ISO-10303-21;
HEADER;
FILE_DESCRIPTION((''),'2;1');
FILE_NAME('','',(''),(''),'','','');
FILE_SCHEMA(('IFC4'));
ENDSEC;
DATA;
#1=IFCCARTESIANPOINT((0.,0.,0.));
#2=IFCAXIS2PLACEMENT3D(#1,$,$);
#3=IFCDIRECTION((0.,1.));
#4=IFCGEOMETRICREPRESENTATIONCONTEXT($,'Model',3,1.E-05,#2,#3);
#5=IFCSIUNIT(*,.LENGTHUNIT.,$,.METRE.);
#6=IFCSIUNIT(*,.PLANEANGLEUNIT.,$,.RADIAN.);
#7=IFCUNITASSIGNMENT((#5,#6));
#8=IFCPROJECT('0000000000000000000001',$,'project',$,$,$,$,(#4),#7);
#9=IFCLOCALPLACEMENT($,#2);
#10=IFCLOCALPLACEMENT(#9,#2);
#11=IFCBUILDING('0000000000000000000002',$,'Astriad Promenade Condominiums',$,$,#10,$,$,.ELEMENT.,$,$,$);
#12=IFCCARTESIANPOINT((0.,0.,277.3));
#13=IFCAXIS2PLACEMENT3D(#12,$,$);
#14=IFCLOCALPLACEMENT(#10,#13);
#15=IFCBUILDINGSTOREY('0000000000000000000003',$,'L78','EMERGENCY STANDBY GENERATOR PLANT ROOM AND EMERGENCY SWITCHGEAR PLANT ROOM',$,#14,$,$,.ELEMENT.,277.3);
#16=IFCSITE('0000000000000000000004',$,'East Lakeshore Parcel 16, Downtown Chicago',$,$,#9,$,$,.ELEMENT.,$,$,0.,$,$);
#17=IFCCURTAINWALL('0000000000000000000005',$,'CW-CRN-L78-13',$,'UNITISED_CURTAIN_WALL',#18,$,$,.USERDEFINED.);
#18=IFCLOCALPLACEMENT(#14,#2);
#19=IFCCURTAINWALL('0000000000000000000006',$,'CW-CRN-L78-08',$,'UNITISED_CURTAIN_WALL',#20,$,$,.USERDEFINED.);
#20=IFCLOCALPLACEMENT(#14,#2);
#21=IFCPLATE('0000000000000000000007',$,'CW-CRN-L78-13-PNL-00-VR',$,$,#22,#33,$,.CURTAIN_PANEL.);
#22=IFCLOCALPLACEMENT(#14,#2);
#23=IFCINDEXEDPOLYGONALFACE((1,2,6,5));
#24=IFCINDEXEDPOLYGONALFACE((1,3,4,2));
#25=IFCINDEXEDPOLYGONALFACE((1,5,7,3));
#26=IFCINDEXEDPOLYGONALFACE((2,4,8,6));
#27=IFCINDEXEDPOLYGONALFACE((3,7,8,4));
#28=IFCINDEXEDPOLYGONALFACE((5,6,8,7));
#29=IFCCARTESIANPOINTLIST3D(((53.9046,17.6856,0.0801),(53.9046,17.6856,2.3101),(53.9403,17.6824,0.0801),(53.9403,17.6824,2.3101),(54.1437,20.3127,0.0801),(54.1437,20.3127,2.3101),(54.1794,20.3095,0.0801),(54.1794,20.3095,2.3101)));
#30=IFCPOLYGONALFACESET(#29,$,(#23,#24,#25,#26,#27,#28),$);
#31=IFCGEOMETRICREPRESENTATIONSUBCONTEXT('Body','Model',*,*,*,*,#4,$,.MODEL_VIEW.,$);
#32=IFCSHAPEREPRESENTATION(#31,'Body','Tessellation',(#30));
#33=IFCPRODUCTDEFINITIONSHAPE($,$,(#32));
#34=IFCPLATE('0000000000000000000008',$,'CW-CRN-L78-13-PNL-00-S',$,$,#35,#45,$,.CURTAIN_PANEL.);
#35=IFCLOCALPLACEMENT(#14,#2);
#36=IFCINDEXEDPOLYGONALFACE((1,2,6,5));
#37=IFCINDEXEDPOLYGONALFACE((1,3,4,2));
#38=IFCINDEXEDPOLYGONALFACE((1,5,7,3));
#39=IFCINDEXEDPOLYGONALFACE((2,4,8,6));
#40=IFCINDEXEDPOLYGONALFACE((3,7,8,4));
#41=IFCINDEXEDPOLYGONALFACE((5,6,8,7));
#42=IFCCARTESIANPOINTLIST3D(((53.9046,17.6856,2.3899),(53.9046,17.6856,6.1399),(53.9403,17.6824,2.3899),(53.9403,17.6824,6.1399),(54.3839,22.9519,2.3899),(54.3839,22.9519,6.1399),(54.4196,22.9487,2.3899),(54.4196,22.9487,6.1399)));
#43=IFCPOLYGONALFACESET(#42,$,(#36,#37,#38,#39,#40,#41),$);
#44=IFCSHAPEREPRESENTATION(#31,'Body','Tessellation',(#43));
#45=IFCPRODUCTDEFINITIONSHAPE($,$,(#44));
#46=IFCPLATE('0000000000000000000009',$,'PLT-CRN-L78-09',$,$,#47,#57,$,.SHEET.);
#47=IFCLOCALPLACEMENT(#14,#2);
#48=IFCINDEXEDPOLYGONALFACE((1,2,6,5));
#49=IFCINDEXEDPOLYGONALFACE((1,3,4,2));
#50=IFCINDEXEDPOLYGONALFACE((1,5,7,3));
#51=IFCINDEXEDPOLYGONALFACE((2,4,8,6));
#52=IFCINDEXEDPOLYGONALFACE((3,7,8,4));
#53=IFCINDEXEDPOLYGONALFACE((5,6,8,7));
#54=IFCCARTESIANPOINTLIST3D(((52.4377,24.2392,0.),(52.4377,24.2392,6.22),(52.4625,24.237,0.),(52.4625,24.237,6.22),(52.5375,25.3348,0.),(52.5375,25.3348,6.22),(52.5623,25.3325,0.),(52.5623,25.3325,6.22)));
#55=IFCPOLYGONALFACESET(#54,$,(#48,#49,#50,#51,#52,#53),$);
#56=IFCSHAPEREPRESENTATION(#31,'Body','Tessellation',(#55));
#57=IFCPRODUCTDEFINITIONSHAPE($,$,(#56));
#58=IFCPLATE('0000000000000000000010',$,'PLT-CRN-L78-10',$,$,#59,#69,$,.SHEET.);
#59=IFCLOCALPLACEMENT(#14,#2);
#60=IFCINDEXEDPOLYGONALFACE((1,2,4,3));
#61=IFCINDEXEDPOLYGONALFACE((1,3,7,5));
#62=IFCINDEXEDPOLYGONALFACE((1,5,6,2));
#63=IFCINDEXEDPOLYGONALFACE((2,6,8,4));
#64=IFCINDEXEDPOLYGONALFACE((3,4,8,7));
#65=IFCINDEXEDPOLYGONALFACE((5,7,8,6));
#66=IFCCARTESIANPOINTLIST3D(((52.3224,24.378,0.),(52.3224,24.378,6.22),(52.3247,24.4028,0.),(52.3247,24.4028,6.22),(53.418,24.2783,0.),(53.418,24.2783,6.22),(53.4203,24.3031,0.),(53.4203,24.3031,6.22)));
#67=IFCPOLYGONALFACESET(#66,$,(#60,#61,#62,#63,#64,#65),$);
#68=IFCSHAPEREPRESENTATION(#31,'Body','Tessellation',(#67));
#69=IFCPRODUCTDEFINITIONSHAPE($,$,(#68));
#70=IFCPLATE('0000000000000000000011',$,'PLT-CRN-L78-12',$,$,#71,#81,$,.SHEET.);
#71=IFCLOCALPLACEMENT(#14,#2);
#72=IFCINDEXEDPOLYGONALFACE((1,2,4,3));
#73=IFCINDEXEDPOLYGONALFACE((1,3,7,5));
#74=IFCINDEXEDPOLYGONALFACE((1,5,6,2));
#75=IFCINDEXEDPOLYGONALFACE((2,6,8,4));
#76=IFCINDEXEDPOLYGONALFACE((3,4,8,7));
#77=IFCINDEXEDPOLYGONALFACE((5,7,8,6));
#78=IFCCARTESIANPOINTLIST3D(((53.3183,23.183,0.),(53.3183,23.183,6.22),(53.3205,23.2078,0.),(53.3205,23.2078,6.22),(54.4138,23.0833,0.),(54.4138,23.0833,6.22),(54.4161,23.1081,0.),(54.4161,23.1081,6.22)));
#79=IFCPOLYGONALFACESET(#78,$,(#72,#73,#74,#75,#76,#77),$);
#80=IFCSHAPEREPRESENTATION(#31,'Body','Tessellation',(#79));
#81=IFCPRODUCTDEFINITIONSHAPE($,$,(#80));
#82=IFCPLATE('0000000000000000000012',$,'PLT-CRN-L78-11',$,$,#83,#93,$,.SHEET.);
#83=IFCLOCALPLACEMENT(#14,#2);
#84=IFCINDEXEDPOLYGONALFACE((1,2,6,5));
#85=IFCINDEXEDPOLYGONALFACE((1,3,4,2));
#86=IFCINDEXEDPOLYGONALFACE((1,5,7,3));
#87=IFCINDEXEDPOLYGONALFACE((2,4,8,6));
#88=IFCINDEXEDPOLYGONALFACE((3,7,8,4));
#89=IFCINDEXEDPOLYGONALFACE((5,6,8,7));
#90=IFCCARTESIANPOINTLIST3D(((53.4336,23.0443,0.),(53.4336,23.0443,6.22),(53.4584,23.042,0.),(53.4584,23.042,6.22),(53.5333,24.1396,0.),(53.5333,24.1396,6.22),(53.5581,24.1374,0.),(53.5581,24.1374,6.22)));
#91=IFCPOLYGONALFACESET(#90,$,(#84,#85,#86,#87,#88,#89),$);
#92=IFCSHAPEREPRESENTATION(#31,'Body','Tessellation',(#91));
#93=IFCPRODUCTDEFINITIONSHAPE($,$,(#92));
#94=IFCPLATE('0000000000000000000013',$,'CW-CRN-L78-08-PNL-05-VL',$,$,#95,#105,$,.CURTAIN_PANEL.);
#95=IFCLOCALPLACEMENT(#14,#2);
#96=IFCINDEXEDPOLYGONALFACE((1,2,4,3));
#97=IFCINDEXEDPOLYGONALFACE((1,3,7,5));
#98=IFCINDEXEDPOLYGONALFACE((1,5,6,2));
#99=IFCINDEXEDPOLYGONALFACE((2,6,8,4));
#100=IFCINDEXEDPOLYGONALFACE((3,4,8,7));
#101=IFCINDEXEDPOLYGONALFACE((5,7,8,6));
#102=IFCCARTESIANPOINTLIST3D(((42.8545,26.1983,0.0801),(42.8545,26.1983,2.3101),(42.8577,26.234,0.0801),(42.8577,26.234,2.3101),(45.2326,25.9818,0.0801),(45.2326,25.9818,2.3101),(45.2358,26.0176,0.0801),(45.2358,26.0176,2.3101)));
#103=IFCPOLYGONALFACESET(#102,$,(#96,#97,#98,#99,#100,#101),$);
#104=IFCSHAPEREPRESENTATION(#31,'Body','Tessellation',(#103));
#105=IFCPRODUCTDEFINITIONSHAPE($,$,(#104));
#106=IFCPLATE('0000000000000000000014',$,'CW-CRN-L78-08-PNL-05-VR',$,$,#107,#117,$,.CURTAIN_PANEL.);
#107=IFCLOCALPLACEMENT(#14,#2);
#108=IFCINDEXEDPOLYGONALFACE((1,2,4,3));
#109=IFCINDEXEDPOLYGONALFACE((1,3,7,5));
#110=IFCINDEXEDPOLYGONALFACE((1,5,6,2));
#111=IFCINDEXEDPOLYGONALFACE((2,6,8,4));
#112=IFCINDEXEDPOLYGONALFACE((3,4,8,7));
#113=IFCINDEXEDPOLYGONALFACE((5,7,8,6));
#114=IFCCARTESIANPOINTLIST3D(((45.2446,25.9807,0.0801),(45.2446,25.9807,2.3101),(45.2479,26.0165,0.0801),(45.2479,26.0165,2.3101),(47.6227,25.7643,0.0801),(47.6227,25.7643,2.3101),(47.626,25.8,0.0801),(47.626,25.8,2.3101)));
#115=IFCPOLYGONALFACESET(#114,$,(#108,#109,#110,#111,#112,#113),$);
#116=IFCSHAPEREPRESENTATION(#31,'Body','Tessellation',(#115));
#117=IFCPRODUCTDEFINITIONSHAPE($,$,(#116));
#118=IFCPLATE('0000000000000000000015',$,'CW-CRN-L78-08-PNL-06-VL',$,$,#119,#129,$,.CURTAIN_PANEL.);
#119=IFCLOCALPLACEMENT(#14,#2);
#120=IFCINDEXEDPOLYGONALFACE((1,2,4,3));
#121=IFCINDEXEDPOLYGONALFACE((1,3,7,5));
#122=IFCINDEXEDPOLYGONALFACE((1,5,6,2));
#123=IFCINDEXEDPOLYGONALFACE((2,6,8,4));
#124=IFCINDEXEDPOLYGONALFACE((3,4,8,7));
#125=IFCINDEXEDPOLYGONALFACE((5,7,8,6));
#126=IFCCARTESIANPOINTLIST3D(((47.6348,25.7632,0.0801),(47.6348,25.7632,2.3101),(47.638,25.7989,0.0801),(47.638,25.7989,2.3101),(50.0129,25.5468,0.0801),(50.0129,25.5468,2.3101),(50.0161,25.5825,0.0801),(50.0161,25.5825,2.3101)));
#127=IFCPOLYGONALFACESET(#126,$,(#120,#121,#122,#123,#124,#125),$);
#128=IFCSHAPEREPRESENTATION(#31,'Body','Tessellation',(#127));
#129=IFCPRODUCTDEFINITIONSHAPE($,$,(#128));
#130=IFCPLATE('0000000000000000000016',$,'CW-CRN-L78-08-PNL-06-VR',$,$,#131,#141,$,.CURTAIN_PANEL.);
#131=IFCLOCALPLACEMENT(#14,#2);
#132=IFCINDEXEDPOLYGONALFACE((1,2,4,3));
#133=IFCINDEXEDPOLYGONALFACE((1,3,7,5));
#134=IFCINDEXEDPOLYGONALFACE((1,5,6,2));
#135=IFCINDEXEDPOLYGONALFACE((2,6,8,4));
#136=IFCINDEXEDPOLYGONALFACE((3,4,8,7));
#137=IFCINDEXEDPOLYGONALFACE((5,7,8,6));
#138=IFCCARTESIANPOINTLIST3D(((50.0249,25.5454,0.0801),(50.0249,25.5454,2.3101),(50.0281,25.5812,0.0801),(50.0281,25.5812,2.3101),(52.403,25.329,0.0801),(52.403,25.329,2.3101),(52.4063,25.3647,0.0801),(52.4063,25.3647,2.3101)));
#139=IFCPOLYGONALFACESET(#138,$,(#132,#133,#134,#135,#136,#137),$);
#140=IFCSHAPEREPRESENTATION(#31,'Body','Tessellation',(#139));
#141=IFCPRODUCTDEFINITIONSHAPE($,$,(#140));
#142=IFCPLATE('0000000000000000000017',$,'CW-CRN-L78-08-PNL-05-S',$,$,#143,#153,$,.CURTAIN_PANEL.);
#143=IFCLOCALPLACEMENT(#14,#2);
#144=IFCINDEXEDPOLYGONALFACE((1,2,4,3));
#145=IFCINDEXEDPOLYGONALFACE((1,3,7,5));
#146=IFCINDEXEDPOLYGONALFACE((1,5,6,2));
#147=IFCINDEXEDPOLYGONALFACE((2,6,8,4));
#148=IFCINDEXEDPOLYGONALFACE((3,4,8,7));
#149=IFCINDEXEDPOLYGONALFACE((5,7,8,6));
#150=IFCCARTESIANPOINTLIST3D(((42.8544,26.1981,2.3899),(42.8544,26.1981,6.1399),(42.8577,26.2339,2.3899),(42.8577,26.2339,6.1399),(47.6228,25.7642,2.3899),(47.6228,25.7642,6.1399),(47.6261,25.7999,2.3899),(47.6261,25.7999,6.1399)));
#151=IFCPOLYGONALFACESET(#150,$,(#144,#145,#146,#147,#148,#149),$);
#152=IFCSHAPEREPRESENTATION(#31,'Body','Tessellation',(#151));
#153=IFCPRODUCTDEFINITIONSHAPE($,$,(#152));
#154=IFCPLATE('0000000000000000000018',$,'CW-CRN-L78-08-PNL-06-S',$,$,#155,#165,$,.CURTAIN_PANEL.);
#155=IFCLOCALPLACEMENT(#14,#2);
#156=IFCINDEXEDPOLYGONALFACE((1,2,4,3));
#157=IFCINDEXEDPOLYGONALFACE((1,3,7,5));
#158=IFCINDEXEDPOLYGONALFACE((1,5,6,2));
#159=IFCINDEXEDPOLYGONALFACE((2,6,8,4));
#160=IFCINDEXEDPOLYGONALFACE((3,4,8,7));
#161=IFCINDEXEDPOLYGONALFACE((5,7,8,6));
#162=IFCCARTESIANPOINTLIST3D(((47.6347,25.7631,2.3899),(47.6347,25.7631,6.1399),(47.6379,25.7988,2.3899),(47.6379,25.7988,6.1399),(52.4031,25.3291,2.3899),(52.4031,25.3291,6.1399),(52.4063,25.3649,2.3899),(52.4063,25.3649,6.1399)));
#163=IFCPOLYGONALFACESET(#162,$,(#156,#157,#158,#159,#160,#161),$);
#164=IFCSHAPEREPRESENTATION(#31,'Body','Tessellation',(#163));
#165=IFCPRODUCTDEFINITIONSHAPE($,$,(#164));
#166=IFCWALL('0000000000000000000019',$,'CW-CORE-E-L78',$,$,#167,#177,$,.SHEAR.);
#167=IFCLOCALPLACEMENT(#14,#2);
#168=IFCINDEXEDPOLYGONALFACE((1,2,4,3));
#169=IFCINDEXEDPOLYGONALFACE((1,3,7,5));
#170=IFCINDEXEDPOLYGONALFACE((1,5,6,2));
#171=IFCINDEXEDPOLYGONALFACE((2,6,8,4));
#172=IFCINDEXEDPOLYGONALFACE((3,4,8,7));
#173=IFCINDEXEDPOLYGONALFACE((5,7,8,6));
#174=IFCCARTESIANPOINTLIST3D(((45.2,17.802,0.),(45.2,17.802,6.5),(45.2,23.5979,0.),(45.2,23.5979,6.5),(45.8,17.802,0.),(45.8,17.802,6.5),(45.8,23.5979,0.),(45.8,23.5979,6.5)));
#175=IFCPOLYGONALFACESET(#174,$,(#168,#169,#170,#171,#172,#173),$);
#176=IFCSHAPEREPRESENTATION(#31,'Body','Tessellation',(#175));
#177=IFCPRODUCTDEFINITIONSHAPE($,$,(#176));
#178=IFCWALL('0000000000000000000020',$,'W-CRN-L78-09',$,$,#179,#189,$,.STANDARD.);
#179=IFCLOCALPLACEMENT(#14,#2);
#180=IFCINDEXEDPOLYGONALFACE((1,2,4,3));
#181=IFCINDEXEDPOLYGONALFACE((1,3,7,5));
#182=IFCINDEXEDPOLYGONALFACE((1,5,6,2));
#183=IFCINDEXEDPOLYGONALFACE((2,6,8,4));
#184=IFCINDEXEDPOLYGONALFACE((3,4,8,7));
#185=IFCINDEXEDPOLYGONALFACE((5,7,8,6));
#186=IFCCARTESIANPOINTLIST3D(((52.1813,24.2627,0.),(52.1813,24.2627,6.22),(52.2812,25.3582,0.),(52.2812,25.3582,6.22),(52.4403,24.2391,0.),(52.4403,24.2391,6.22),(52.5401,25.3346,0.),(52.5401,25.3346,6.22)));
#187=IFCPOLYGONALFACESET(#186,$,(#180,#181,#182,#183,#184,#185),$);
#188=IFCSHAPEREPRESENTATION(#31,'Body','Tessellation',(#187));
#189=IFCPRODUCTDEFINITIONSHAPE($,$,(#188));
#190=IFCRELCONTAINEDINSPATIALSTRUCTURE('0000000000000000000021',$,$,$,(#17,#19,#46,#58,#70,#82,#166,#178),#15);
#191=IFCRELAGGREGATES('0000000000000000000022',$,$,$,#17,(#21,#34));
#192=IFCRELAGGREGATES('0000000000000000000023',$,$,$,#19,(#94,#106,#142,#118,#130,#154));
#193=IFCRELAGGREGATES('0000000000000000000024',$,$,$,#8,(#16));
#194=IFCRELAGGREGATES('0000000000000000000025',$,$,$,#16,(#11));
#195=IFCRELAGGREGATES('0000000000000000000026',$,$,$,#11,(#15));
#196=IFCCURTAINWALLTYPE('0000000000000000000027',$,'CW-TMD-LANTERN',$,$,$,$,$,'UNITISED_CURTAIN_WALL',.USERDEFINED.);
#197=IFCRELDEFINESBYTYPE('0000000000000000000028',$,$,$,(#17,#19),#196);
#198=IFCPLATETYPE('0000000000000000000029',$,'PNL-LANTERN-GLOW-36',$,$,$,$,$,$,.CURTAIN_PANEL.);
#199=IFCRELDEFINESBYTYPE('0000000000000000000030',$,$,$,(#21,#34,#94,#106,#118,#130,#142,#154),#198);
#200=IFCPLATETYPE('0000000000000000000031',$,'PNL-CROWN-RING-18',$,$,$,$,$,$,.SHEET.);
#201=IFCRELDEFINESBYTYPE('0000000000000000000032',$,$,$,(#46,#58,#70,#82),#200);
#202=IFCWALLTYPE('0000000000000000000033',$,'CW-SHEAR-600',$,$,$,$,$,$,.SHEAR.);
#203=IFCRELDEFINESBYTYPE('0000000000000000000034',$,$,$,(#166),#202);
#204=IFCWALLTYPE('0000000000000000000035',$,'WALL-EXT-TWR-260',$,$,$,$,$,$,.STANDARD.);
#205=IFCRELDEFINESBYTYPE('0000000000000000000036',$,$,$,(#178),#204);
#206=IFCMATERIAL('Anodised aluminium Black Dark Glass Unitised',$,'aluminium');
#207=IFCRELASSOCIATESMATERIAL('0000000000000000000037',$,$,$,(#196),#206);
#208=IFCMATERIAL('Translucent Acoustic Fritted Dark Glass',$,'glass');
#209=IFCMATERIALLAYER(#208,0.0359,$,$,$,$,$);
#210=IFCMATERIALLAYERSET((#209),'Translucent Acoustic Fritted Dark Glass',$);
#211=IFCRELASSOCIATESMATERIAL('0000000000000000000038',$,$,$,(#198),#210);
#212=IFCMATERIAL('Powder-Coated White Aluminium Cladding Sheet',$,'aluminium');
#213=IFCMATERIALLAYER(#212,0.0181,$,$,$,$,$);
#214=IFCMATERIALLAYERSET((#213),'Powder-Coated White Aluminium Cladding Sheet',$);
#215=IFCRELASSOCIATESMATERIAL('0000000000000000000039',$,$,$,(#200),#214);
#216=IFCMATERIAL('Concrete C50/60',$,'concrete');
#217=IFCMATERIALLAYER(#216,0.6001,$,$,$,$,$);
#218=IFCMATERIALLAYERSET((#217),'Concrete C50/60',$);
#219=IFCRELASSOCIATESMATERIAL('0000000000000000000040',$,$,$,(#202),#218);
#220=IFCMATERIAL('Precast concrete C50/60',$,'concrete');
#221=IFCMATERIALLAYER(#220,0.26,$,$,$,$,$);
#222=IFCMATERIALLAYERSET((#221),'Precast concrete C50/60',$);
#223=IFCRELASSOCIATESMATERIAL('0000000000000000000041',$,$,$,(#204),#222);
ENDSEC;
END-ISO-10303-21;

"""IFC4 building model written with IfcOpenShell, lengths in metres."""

from ifc_helpers import new_model, si_unit, direction, frame, frame_2d, origin, origin_2d, place, context, subcontext, project, spatial, rectangle, extrude, source, transform, mapped, material, layer, layer_set, type_object, type_shapes, element, aggregate, save


model = new_model("IFC4")

# Units and contexts
model_context = context("Model", 3, precision=1e-05, world=origin(), true_north=direction((0.0, 1.0)))
body_context = subcontext(model_context, "Body", "Model", "MODEL_VIEW")
ifc_project = project(units=[si_unit("LENGTHUNIT", "METRE"), si_unit("PLANEANGLEUNIT", "RADIAN")], contexts=[model_context])

# Site, building, storey
site_placement = place(None, origin())
site = spatial("IfcSite", under=ifc_project, at=site_placement, Name="East Lakeshore Parcel 16, Downtown Chicago", CompositionType="ELEMENT", RefElevation=0.0)
building_placement = place(site_placement, origin())
building = spatial("IfcBuilding", under=site, at=building_placement, Name="Astriad Promenade Condominiums", CompositionType="ELEMENT")
storey_placement = place(building_placement, frame((0.0, 0.0, 277.3)))
storey = spatial("IfcBuildingStorey", under=building, at=storey_placement, Name="L78", Description="EMERGENCY STANDBY GENERATOR PLANT ROOM AND EMERGENCY SWITCHGEAR PLANT ROOM", CompositionType="ELEMENT", Elevation=277.3)

# Curtain wall
ifc_material_1 = material(Name="Anodised aluminium Black Dark Glass Unitised", Category="aluminium")
curtain_wall_type = type_object("IfcCurtainWallType", Name="CW-TMD-LANTERN", ElementType="UNITISED_CURTAIN_WALL", PredefinedType="USERDEFINED", material=ifc_material_1)
curtain_wall_1_placement = place(storey_placement, origin())
curtain_wall_1 = element("IfcCurtainWall", 1, at=curtain_wall_1_placement, inside=storey, type_object=curtain_wall_type, Name="CW-CRN-L78-13", ObjectType="UNITISED_CURTAIN_WALL", PredefinedType="USERDEFINED")

# Curtain wall
curtain_wall_2_placement = place(storey_placement, origin())
curtain_wall_2 = element("IfcCurtainWall", 2, at=curtain_wall_2_placement, inside=storey, type_object=curtain_wall_type, Name="CW-CRN-L78-08", ObjectType="UNITISED_CURTAIN_WALL", PredefinedType="USERDEFINED")

# Plates
ifc_material_2 = material(Name="Translucent Acoustic Fritted Dark Glass", Category="glass")
ifc_layer_1 = layer(ifc_material_2, 0.0359)
ifc_layer_set_1 = layer_set([ifc_layer_1], Name="Translucent Acoustic Fritted Dark Glass")
plate_type_1 = type_object("IfcPlateType", Name="PNL-LANTERN-GLOW-36", PredefinedType="CURTAIN_PANEL", material=ifc_layer_set_1)
shared_shape_1 = source(origin(), body_context, "Body", "SweptSolid", [
    extrude(rectangle(XDim=2.6379, YDim=0.0359, at=origin_2d()), origin(), (0.0, 0.0, 1.0), 2.23),
])
plate_1_placement = place(storey_placement, frame((54.042, 18.9976, 0.0801), z_axis=(0.0, 0.0, 1.0), x_axis=(-0.090633, -0.995884, 0.0)))
plate_1 = element("IfcPlate", 3, at=plate_1_placement, type_object=plate_type_1, Name="CW-CRN-L78-13-PNL-00-VR", PredefinedType="CURTAIN_PANEL", context=body_context, shape_type="MappedRepresentation", body=[
    mapped(shared_shape_1, transform((0.0, 0.0, 0.0), scale=1.0)),
])
shared_shape_2 = source(origin(), body_context, "Body", "SweptSolid", [
    extrude(rectangle(XDim=5.2881, YDim=0.0359, at=origin_2d()), origin(), (0.0, 0.0, 1.0), 3.75),
])
plate_2_placement = place(storey_placement, frame((54.1621, 20.3171, 2.3899), z_axis=(0.0, 0.0, 1.0), x_axis=(-0.090633, -0.995884, 0.0)))
plate_2 = element("IfcPlate", 4, at=plate_2_placement, type_object=plate_type_1, Name="CW-CRN-L78-13-PNL-00-S", PredefinedType="CURTAIN_PANEL", context=body_context, shape_type="MappedRepresentation", body=[
    mapped(shared_shape_2, transform((0.0, 0.0, 0.0), scale=1.0)),
])
aggregate(curtain_wall_1, [plate_1, plate_2])

# Plates
ifc_material_3 = material(Name="Powder-Coated White Aluminium Cladding Sheet", Category="aluminium")
ifc_layer_2 = layer(ifc_material_3, 0.0181)
ifc_layer_set_2 = layer_set([ifc_layer_2], Name="Powder-Coated White Aluminium Cladding Sheet")
plate_type_2 = type_object("IfcPlateType", Name="PNL-CROWN-RING-18", PredefinedType="SHEET", material=ifc_layer_set_2)
shared_shape_3 = source(origin(), body_context, "Body", "SweptSolid", [
    extrude(rectangle(XDim=1.1001, YDim=0.0249, at=origin_2d()), origin(), (0.0, 0.0, 1.0), 6.22),
])
for number, where, z_axis, x_axis, name in (
    (5, (52.5, 24.7859, 0.0), (0.0, 0.0, 1.0), (-0.090633, -0.995884, 0.0), "PLT-CRN-L78-09"),
    (6, (52.8713, 24.3406, 0.0), (0.0, 0.0, 1.0), (0.995884, -0.090633, 0.0), "PLT-CRN-L78-10"),
    (7, (53.8672, 23.1455, 0.0), (0.0, 0.0, 1.0), (0.995884, -0.090633, 0.0), "PLT-CRN-L78-12"),
):
    element("IfcPlate", number, at=place(storey_placement, frame(where, z_axis=z_axis, x_axis=x_axis)), inside=storey, type_object=plate_type_2, Name=name, PredefinedType="SHEET", context=body_context, shape_type="MappedRepresentation", body=[
        mapped(shared_shape_3, transform((0.0, 0.0, 0.0), scale=1.0)),
    ])
shared_shape_4 = source(origin(), body_context, "Body", "SweptSolid", [
    extrude(rectangle(XDim=1.0999, YDim=0.0249, at=origin_2d()), origin(), (0.0, 0.0, 1.0), 6.22),
])
type_shapes(plate_type_2, [shared_shape_3, shared_shape_4])
plate_3_placement = place(storey_placement, frame((53.4958, 23.5908, 0.0), z_axis=(0.0, 0.0, 1.0), x_axis=(-0.09065, -0.995883, 0.0)))
element("IfcPlate", 8, at=plate_3_placement, inside=storey, type_object=plate_type_2, Name="PLT-CRN-L78-11", PredefinedType="SHEET", context=body_context, shape_type="MappedRepresentation", body=[
    mapped(shared_shape_4, transform((0.0, 0.0, 0.0), scale=1.0)),
])

# Plates
shared_shape_5 = source(origin(), body_context, "Body", "SweptSolid", [
    extrude(rectangle(XDim=2.3879, YDim=0.0359, at=origin_2d()), origin(), (0.0, 0.0, 1.0), 2.23),
])
plate_4_placement = place(storey_placement, frame((44.0452, 26.1079, 0.0801), z_axis=(0.0, 0.0, 1.0), x_axis=(0.995884, -0.090633, 0.0)))
plate_4 = element("IfcPlate", 9, at=plate_4_placement, type_object=plate_type_1, Name="CW-CRN-L78-08-PNL-05-VL", PredefinedType="CURTAIN_PANEL", context=body_context, shape_type="MappedRepresentation", body=[
    mapped(shared_shape_5, transform((0.0, 0.0, 0.0), scale=1.0)),
])
plate_5_placement = place(storey_placement, frame((46.4353, 25.8904, 0.0801), z_axis=(0.0, 0.0, 1.0), x_axis=(0.995884, -0.090633, 0.0)))
plate_5 = element("IfcPlate", 10, at=plate_5_placement, type_object=plate_type_1, Name="CW-CRN-L78-08-PNL-05-VR", PredefinedType="CURTAIN_PANEL", context=body_context, shape_type="MappedRepresentation", body=[
    mapped(shared_shape_5, transform((0.0, 0.0, 0.0), scale=1.0)),
])
plate_6_placement = place(storey_placement, frame((48.8254, 25.6729, 0.0801), z_axis=(0.0, 0.0, 1.0), x_axis=(0.995884, -0.090633, 0.0)))
plate_6 = element("IfcPlate", 11, at=plate_6_placement, type_object=plate_type_1, Name="CW-CRN-L78-08-PNL-06-VL", PredefinedType="CURTAIN_PANEL", context=body_context, shape_type="MappedRepresentation", body=[
    mapped(shared_shape_5, transform((0.0, 0.0, 0.0), scale=1.0)),
])
plate_7_placement = place(storey_placement, frame((51.2156, 25.4551, 0.0801), z_axis=(0.0, 0.0, 1.0), x_axis=(0.995884, -0.090633, 0.0)))
plate_7 = element("IfcPlate", 12, at=plate_7_placement, type_object=plate_type_1, Name="CW-CRN-L78-08-PNL-06-VR", PredefinedType="CURTAIN_PANEL", context=body_context, shape_type="MappedRepresentation", body=[
    mapped(shared_shape_5, transform((0.0, 0.0, 0.0), scale=1.0)),
])
shared_shape_6 = source(origin(), body_context, "Body", "SweptSolid", [
    extrude(rectangle(XDim=4.7881, YDim=0.0359, at=origin_2d()), origin(), (0.0, 0.0, 1.0), 3.75),
])
type_shapes(plate_type_1, [shared_shape_1, shared_shape_2, shared_shape_5, shared_shape_6])
plate_8_placement = place(storey_placement, frame((45.2402, 25.999, 2.3899), z_axis=(0.0, 0.0, 1.0), x_axis=(0.995884, -0.090633, 0.0)))
plate_8 = element("IfcPlate", 13, at=plate_8_placement, type_object=plate_type_1, Name="CW-CRN-L78-08-PNL-05-S", PredefinedType="CURTAIN_PANEL", context=body_context, shape_type="MappedRepresentation", body=[
    mapped(shared_shape_6, transform((0.0, 0.0, 0.0), scale=1.0)),
])
plate_9_placement = place(storey_placement, frame((50.0205, 25.564, 2.3899), z_axis=(0.0, 0.0, 1.0), x_axis=(0.995884, -0.090633, 0.0)))
plate_9 = element("IfcPlate", 14, at=plate_9_placement, type_object=plate_type_1, Name="CW-CRN-L78-08-PNL-06-S", PredefinedType="CURTAIN_PANEL", context=body_context, shape_type="MappedRepresentation", body=[
    mapped(shared_shape_6, transform((0.0, 0.0, 0.0), scale=1.0)),
])
aggregate(curtain_wall_2, [plate_4, plate_5, plate_8, plate_6, plate_7, plate_9])

# Walls
ifc_material_4 = material(Name="Concrete C50/60", Category="concrete")
ifc_layer_3 = layer(ifc_material_4, 0.6001)
ifc_layer_set_3 = layer_set([ifc_layer_3], Name="Concrete C50/60")
wall_type_1 = type_object("IfcWallType", Name="CW-SHEAR-600", PredefinedType="SHEAR", material=ifc_layer_set_3)
wall_1_placement = place(storey_placement, frame((45.5, 17.802, 0.0), z_axis=(0.0, 0.0, 1.0), x_axis=(0.0, 1.0, 0.0)))
element("IfcWall", 15, at=wall_1_placement, inside=storey, type_object=wall_type_1, Name="CW-CORE-E-L78", PredefinedType="SHEAR", context=body_context, shape_type="SweptSolid", body=[
    extrude(rectangle(XDim=5.7959, YDim=0.6001, at=frame_2d((2.8979, 0.0))), origin(), (0.0, 0.0, 1.0), 6.5),
])
ifc_material_5 = material(Name="Precast concrete C50/60", Category="concrete")
ifc_layer_4 = layer(ifc_material_5, 0.26)
ifc_layer_set_4 = layer_set([ifc_layer_4], Name="Precast concrete C50/60")
wall_type_2 = type_object("IfcWallType", Name="WALL-EXT-TWR-260", PredefinedType="STANDARD", material=ifc_layer_set_4)
wall_2_placement = place(storey_placement, frame((52.4106, 25.3464, 0.0), z_axis=(0.0, 0.0, 1.0), x_axis=(-0.090776, -0.995871, 0.0)))
element("IfcWall", 16, at=wall_2_placement, inside=storey, type_object=wall_type_2, Name="W-CRN-L78-09", PredefinedType="STANDARD", context=body_context, shape_type="SweptSolid", body=[
    extrude(rectangle(XDim=1.1001, YDim=0.26, at=frame_2d((0.55, 0.0))), origin(), (0.0, 0.0, 1.0), 6.22),
])

save(model, "model.ifc")
